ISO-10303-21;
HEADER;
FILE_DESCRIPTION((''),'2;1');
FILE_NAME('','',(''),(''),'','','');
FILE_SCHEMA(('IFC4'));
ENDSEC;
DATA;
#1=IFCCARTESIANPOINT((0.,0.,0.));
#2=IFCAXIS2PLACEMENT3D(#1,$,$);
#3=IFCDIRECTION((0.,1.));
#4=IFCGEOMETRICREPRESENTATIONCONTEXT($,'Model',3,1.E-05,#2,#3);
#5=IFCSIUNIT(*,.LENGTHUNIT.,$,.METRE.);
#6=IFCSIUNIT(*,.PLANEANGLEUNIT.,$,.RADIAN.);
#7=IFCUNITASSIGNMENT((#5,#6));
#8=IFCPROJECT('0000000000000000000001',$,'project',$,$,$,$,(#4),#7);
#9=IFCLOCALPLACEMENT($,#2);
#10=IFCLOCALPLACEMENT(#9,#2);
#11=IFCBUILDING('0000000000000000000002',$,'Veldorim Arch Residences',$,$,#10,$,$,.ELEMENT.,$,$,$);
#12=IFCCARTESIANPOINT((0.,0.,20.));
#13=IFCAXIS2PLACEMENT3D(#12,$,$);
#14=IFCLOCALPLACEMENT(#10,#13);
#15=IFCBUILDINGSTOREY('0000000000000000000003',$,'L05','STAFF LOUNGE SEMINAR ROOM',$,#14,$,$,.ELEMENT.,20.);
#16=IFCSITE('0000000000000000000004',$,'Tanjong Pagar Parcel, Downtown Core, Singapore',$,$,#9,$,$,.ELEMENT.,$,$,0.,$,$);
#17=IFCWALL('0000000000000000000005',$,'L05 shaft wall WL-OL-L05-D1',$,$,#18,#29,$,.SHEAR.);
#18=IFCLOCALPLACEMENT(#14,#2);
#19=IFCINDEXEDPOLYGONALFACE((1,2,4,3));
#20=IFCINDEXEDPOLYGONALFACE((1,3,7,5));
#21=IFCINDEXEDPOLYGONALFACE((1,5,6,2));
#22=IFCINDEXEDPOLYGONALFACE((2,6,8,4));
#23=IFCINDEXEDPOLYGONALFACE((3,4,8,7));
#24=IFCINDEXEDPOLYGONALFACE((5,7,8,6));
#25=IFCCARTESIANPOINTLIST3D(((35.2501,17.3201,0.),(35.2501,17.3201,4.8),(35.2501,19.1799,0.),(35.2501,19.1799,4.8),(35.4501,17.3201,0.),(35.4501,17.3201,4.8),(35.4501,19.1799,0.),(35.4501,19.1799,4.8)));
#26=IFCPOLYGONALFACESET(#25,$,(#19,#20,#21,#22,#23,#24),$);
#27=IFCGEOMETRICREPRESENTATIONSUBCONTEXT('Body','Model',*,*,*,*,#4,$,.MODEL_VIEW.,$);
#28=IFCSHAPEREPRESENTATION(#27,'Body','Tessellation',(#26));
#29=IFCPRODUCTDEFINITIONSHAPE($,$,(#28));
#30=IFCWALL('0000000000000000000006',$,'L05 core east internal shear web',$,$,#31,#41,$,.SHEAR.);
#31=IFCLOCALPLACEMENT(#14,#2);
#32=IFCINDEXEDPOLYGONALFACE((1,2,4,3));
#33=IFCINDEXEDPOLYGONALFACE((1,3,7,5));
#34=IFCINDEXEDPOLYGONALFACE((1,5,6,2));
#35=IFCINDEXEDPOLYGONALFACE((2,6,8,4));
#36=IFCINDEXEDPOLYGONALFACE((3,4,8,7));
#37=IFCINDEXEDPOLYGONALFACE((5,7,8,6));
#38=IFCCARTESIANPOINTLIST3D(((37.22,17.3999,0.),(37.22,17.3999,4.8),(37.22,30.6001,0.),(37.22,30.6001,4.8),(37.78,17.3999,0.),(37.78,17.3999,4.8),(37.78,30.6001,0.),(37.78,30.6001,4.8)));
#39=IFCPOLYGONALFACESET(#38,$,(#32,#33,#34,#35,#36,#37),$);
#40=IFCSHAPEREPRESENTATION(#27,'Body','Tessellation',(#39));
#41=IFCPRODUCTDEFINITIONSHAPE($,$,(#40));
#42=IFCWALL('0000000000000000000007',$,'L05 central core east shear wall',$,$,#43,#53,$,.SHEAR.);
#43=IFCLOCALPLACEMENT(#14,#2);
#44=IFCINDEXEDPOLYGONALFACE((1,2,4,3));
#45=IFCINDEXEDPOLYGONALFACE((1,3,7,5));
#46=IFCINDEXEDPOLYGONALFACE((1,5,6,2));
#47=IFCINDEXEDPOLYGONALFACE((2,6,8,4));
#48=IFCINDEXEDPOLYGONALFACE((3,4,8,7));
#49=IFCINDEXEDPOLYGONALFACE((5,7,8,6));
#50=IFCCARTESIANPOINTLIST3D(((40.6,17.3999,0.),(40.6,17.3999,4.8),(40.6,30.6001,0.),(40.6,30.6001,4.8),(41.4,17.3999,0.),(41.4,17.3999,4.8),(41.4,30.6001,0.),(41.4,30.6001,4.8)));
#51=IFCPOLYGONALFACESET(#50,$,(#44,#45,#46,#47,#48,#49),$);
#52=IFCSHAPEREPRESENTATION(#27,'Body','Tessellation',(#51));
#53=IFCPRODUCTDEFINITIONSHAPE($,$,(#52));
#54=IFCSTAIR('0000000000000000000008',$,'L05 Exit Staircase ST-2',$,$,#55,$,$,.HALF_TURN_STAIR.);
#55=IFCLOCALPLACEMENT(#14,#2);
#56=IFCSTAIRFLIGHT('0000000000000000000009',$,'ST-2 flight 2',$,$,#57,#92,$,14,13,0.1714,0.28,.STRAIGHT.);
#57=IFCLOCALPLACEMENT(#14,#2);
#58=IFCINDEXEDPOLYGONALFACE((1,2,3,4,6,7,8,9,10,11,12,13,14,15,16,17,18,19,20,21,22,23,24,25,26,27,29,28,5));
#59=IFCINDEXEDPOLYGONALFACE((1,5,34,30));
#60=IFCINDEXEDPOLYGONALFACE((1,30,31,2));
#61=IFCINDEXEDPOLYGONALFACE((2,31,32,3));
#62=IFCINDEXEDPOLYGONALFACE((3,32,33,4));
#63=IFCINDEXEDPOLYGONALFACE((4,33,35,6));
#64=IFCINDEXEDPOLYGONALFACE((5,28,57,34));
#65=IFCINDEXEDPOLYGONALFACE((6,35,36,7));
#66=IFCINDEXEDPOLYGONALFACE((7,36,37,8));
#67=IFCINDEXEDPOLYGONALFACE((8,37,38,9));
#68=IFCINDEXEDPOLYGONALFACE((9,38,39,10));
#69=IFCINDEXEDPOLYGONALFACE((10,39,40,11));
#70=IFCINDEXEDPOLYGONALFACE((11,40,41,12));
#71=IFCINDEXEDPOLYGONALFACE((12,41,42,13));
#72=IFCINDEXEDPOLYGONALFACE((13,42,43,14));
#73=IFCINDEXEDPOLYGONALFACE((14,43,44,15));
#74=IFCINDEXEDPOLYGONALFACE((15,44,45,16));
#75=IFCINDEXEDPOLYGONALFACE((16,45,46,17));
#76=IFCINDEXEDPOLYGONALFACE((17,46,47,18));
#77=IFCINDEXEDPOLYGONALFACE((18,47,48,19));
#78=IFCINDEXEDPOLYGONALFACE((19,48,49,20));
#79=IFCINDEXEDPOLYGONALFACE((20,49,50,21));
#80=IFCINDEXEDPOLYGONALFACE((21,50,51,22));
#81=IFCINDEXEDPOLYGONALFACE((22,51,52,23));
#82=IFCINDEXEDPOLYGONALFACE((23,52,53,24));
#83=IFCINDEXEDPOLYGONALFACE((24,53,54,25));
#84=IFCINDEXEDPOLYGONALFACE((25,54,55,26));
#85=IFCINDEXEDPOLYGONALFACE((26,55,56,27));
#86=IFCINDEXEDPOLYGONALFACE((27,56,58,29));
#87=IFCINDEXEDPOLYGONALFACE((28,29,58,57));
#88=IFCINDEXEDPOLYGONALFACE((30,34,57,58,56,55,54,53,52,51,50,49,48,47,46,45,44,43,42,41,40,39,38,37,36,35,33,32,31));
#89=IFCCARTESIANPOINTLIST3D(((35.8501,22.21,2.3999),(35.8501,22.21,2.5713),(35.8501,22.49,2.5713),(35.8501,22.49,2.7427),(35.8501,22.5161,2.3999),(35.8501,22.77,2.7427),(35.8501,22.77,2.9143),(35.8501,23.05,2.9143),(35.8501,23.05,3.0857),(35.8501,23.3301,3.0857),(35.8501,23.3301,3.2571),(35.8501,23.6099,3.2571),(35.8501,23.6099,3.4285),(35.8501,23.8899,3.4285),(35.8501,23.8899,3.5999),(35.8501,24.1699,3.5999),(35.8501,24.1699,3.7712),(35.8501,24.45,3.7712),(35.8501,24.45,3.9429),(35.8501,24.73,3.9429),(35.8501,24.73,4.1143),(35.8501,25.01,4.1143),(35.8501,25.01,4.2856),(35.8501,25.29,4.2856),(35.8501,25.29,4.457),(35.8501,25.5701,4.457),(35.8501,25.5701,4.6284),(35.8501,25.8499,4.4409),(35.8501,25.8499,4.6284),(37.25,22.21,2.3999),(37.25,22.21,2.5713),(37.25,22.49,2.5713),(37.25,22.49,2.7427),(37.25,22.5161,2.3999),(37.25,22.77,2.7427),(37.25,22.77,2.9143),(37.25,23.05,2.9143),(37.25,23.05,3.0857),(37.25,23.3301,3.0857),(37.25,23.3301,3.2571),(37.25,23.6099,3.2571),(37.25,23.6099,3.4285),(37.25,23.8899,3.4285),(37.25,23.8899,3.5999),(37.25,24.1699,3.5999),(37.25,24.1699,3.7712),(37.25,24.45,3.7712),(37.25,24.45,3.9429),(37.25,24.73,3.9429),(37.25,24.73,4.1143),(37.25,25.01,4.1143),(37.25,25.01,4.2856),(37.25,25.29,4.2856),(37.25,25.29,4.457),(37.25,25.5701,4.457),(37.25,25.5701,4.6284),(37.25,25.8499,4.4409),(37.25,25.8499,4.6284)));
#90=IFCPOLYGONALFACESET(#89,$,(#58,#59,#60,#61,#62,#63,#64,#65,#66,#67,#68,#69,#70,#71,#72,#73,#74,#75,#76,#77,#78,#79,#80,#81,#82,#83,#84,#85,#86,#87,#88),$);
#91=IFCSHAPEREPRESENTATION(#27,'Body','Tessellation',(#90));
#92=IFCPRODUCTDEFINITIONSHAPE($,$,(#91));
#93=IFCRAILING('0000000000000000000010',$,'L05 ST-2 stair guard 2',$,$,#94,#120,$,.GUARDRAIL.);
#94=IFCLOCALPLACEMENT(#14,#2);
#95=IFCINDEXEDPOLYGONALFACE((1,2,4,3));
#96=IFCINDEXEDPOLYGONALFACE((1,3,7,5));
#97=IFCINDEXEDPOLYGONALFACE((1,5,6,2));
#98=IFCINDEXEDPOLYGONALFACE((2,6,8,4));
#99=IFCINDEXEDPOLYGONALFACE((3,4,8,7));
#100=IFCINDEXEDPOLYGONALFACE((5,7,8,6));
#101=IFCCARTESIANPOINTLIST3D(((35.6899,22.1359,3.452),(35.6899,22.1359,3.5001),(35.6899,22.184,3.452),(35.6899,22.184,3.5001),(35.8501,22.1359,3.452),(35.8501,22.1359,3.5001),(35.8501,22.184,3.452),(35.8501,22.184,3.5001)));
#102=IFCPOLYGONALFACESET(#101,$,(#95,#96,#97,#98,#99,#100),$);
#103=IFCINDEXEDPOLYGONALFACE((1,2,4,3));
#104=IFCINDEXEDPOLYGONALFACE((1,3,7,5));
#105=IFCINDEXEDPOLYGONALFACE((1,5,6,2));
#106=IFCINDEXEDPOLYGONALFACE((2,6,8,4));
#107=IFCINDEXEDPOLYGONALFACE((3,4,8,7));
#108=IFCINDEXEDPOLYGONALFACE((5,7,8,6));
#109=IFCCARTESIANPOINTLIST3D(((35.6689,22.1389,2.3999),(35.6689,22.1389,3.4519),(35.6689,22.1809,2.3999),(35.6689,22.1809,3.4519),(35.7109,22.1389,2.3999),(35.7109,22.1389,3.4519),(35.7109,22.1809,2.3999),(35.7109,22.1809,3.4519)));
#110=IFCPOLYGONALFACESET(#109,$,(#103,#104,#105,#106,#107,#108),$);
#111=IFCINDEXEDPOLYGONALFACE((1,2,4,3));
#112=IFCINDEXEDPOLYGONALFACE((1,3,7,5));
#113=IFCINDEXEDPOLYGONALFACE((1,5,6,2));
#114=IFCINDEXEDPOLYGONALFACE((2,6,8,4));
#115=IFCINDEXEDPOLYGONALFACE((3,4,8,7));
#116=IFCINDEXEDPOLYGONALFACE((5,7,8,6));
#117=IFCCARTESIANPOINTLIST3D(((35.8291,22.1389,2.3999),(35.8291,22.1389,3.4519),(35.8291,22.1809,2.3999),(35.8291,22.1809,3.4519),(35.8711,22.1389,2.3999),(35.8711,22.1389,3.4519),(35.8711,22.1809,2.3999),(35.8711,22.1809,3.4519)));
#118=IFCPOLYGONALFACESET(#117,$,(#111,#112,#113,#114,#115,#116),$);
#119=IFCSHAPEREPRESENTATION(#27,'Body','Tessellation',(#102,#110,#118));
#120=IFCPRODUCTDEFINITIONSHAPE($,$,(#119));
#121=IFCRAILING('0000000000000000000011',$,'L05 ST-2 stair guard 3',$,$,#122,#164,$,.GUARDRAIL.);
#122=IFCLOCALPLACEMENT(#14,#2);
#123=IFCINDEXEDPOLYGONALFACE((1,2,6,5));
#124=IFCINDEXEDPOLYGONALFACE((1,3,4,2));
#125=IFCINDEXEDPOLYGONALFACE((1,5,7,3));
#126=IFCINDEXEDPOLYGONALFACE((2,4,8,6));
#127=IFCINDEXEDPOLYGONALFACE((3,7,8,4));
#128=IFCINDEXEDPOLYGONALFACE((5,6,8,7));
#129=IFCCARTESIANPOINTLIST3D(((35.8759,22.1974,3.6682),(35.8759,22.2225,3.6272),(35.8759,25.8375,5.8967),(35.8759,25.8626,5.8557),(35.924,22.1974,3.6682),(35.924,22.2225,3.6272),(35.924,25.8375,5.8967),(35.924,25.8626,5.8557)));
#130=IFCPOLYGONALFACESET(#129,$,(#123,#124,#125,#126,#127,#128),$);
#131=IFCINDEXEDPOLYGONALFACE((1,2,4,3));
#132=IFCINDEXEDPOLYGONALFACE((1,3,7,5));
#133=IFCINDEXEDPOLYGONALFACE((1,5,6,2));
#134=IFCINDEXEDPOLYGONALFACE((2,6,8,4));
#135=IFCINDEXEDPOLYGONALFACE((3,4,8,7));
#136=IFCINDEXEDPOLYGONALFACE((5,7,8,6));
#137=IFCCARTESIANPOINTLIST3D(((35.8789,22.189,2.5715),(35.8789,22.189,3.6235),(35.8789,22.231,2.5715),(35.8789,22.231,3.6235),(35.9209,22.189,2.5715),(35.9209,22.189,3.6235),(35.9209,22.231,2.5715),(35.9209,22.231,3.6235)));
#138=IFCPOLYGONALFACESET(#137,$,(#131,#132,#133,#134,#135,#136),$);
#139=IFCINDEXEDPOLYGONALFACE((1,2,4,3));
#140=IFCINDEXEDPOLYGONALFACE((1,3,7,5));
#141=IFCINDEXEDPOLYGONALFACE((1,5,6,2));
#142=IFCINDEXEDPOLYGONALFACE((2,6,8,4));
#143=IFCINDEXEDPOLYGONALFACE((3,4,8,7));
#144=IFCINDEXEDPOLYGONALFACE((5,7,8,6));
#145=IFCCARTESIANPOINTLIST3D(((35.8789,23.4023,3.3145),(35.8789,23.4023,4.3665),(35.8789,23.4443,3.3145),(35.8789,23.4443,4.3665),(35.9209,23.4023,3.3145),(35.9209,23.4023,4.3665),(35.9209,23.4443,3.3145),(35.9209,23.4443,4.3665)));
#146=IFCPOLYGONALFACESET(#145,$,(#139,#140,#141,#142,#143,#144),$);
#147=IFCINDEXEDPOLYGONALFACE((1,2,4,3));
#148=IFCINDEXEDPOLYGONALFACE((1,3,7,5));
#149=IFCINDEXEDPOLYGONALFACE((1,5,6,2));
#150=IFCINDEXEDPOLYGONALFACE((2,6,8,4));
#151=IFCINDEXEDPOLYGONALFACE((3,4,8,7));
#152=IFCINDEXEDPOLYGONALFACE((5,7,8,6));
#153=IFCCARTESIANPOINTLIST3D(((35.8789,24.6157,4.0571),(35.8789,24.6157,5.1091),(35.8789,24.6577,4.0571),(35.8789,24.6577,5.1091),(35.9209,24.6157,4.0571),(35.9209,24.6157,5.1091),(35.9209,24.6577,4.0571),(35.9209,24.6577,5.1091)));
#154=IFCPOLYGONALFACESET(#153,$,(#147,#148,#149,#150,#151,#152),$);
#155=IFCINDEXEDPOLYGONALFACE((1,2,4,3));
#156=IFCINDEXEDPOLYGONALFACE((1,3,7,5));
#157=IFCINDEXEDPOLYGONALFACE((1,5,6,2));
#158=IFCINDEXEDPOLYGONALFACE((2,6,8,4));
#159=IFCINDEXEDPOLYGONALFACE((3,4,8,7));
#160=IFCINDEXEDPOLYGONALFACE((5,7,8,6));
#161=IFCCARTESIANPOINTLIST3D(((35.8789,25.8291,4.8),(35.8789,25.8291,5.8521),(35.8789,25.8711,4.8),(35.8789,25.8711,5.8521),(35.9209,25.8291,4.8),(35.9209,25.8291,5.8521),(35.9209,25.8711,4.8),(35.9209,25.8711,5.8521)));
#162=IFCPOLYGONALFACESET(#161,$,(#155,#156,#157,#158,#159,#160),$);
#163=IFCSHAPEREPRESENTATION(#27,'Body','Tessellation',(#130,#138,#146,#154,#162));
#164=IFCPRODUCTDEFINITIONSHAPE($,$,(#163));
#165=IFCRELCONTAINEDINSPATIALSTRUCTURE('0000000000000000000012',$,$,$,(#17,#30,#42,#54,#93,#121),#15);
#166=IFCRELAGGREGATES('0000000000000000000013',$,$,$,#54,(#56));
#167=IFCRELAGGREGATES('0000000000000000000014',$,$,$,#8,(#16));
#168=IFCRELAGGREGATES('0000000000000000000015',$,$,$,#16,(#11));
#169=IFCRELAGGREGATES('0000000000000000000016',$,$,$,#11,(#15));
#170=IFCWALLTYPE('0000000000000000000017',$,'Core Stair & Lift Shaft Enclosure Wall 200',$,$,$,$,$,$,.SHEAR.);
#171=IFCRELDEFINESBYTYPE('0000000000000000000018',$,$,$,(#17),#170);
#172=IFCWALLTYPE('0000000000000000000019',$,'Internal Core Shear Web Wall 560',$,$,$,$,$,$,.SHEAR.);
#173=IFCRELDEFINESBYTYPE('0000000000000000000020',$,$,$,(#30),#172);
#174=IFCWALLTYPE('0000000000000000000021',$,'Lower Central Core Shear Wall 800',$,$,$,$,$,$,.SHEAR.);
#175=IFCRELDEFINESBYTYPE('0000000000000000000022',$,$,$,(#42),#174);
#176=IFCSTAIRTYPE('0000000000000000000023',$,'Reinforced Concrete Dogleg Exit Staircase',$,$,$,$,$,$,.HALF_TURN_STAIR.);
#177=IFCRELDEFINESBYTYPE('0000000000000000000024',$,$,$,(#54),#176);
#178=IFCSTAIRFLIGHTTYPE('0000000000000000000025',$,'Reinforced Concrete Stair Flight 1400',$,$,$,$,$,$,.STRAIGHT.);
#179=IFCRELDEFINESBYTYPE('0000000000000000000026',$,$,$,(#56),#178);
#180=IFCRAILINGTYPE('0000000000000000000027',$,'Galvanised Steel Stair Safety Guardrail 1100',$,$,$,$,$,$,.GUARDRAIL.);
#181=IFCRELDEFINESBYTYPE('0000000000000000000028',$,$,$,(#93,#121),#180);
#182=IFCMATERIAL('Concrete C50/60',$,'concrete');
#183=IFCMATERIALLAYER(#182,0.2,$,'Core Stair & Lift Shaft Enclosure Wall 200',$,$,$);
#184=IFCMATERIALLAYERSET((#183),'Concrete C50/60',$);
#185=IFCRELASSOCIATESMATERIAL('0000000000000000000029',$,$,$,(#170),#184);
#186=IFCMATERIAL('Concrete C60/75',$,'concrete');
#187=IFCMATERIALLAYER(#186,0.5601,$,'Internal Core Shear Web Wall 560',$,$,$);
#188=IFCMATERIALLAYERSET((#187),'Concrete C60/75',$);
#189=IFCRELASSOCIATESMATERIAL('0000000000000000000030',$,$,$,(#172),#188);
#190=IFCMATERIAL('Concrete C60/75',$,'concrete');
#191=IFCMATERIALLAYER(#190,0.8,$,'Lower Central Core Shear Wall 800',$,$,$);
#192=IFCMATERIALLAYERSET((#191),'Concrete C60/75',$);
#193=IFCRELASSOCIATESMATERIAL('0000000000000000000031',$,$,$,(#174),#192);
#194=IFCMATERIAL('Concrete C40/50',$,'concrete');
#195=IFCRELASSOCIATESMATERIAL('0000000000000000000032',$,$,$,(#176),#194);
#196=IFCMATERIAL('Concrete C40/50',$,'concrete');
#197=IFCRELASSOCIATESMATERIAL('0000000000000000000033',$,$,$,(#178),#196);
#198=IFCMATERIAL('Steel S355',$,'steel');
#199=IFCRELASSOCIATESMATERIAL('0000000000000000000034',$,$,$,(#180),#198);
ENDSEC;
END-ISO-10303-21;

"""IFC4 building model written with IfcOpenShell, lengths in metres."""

from ifc_helpers import new_model, si_unit, direction, frame, frame_2d, origin, origin_2d, place, context, subcontext, project, spatial, polyline, rectangle, outline, extrude, material, layer, layer_set, type_object, element, aggregate, save


model = new_model("IFC4")

# Units and contexts
model_context = context("Model", 3, precision=1e-05, world=origin(), true_north=direction((0.0, 1.0)))
body_context = subcontext(model_context, "Body", "Model", "MODEL_VIEW")
ifc_project = project(units=[si_unit("LENGTHUNIT", "METRE"), si_unit("PLANEANGLEUNIT", "RADIAN")], contexts=[model_context])

# Site, building, storey
site_placement = place(None, origin())
site = spatial("IfcSite", under=ifc_project, at=site_placement, Name="Tanjong Pagar Parcel, Downtown Core, Singapore", CompositionType="ELEMENT", RefElevation=0.0)
building_placement = place(site_placement, origin())
building = spatial("IfcBuilding", under=site, at=building_placement, Name="Veldorim Arch Residences", CompositionType="ELEMENT")
storey_placement = place(building_placement, frame((0.0, 0.0, 20.0)))
storey = spatial("IfcBuildingStorey", under=building, at=storey_placement, Name="L05", Description="STAFF LOUNGE SEMINAR ROOM", CompositionType="ELEMENT", Elevation=20.0)

# Shared definitions
ifc_material_1 = material(Name="Concrete C50/60", Category="concrete")
ifc_layer_1 = layer(ifc_material_1, 0.2, Name="Core Stair & Lift Shaft Enclosure Wall 200")
ifc_layer_set_1 = layer_set([ifc_layer_1], Name="Concrete C50/60")
wall_type_1 = type_object("IfcWallType", Name="Core Stair & Lift Shaft Enclosure Wall 200", PredefinedType="SHEAR", material=ifc_layer_set_1)

# Walls
for number, where, z_axis, x_axis, name in (
    (1, (35.3501, 17.3201, 0.0), (0.0, 0.0, 1.0), (0.0, 1.0, 0.0), "L05 shaft wall WL-OL-L05-D1"),
):
    element("IfcWall", number, at=place(storey_placement, frame(where, z_axis=z_axis, x_axis=x_axis)), inside=storey, type_object=wall_type_1, Name=name, PredefinedType="SHEAR", context=body_context, shape_type="SweptSolid", body=[
        extrude(rectangle(XDim=1.8599, YDim=0.2, at=frame_2d((0.9299, 0.0))), origin(), (0.0, 0.0, 1.0), 4.8),
    ])
ifc_material_2 = material(Name="Concrete C60/75", Category="concrete")
ifc_layer_2 = layer(ifc_material_2, 0.5601, Name="Internal Core Shear Web Wall 560")
ifc_layer_set_2 = layer_set([ifc_layer_2], Name="Concrete C60/75")
wall_type_2 = type_object("IfcWallType", Name="Internal Core Shear Web Wall 560", PredefinedType="SHEAR", material=ifc_layer_set_2)
wall_1_placement = place(storey_placement, frame((37.5, 17.3999, 0.0), z_axis=(0.0, 0.0, 1.0), x_axis=(0.0, 1.0, 0.0)))
element("IfcWall", 2, at=wall_1_placement, inside=storey, type_object=wall_type_2, Name="L05 core east internal shear web", PredefinedType="SHEAR", context=body_context, shape_type="SweptSolid", body=[
    extrude(rectangle(XDim=13.2002, YDim=0.5601, at=frame_2d((6.6001, 0.0))), origin(), (0.0, 0.0, 1.0), 4.8),
])
ifc_material_3 = material(Name="Concrete C60/75", Category="concrete")
ifc_layer_3 = layer(ifc_material_3, 0.8, Name="Lower Central Core Shear Wall 800")
ifc_layer_set_3 = layer_set([ifc_layer_3], Name="Concrete C60/75")
wall_type_3 = type_object("IfcWallType", Name="Lower Central Core Shear Wall 800", PredefinedType="SHEAR", material=ifc_layer_set_3)
wall_2_placement = place(storey_placement, frame((41.0, 17.3999, 0.0), z_axis=(0.0, 0.0, 1.0), x_axis=(0.0, 1.0, 0.0)))
element("IfcWall", 3, at=wall_2_placement, inside=storey, type_object=wall_type_3, Name="L05 central core east shear wall", PredefinedType="SHEAR", context=body_context, shape_type="SweptSolid", body=[
    extrude(rectangle(XDim=13.2002, YDim=0.8, at=frame_2d((6.6001, 0.0))), origin(), (0.0, 0.0, 1.0), 4.8),
])

# Stair, stair flight
ifc_material_4 = material(Name="Concrete C40/50", Category="concrete")
stair_type = type_object("IfcStairType", Name="Reinforced Concrete Dogleg Exit Staircase", PredefinedType="HALF_TURN_STAIR", material=ifc_material_4)
stair_placement = place(storey_placement, origin())
stair = element("IfcStair", 4, at=stair_placement, inside=storey, type_object=stair_type, Name="L05 Exit Staircase ST-2", PredefinedType="HALF_TURN_STAIR")
ifc_material_5 = material(Name="Concrete C40/50", Category="concrete")
stair_flight_type = type_object("IfcStairFlightType", Name="Reinforced Concrete Stair Flight 1400", PredefinedType="STRAIGHT", material=ifc_material_5)
stair_flight_placement = place(storey_placement, frame((36.55, 22.21, 2.3999), z_axis=(0.0, 0.0, 1.0), x_axis=(0.0, 1.0, 0.0)))
stair_flight = element("IfcStairFlight", 5, at=stair_flight_placement, type_object=stair_flight_type, Name="ST-2 flight 2", NumberOfRisers=14, NumberOfTreads=13, PredefinedType="STRAIGHT", RiserHeight=0.1714, TreadLength=0.28, context=body_context, shape_type="SweptSolid", body=[
    extrude(outline(polyline([(0.0, 0.0), (0.0, 0.1714), (0.28, 0.1714), (0.28, 0.3428), (0.5601, 0.3428), (0.5601, 0.5144), (0.8401, 0.5144), (0.8401, 0.6858), (1.1201, 0.6858), (1.1201, 0.8572), (1.3999, 0.8572), (1.3999, 1.0286), (1.6799, 1.0286), (1.6799, 1.2), (1.96, 1.2), (1.96, 1.3713), (2.24, 1.3713), (2.24, 1.543), (2.52, 1.543), (2.52, 1.7144), (2.8, 1.7144), (2.8, 1.8857), (3.0801, 1.8857), (3.0801, 2.0571), (3.3601, 2.0571), (3.3601, 2.2285), (3.6399, 2.2285), (3.6399, 2.3999), (3.6399, 2.041), (0.3062, 0.0), (0.0, 0.0)])), frame((0.0, 0.7, 0.0), z_axis=(0.0, -1.0, 0.0), x_axis=(1.0, 0.0, 0.0)), (0.0, 0.0, 1.0), 1.3999),
])
aggregate(stair, [stair_flight])

# Railings
ifc_material_6 = material(Name="Steel S355", Category="steel")
railing_type_1 = type_object("IfcRailingType", Name="Galvanised Steel Stair Safety Guardrail 1100", PredefinedType="GUARDRAIL", material=ifc_material_6)
railing_1_placement = place(storey_placement, frame((35.6899, 22.1599, 2.3999)))
element("IfcRailing", 6, at=railing_1_placement, inside=storey, type_object=railing_type_1, Name="L05 ST-2 stair guard 2", PredefinedType="GUARDRAIL", context=body_context, shape_type="SweptSolid", body=[
    extrude(rectangle(XDim=0.0481, YDim=0.0481, at=origin_2d()), frame((0.0, 0.0, 1.0762), z_axis=(1.0, 0.0, 0.0), x_axis=(0.0, 1.0, 0.0)), (0.0, 0.0, 1.0), 0.1602),
    extrude(rectangle(XDim=0.042, YDim=0.042, at=origin_2d()), origin(), (0.0, 0.0, 1.0), 1.052),
    extrude(rectangle(XDim=0.042, YDim=0.042, at=origin_2d()), frame((0.1602, 0.0, 0.0)), (0.0, 0.0, 1.0), 1.052),
])
railing_2_placement = place(storey_placement, frame((35.8999, 22.21, 2.5715)))
element("IfcRailing", 7, at=railing_2_placement, inside=storey, type_object=railing_type_1, Name="L05 ST-2 stair guard 3", PredefinedType="GUARDRAIL", context=body_context, shape_type="SweptSolid", body=[
    extrude(rectangle(XDim=0.0481, YDim=0.0481, at=origin_2d()), frame((0.0, 0.0, 1.0762), z_axis=(0.0, 0.852866, 0.52213), x_axis=(-1.0, 0.0, 0.0)), (0.0, 0.0, 1.0), 4.2681),
    extrude(rectangle(XDim=0.042, YDim=0.042, at=origin_2d()), origin(), (0.0, 0.0, 1.0), 1.052),
    extrude(rectangle(XDim=0.042, YDim=0.042, at=origin_2d()), frame((0.0, 1.2134, 0.7429)), (0.0, 0.0, 1.0), 1.052),
    extrude(rectangle(XDim=0.042, YDim=0.042, at=origin_2d()), frame((0.0, 2.4268, 1.4856)), (0.0, 0.0, 1.0), 1.052),
    extrude(rectangle(XDim=0.042, YDim=0.042, at=origin_2d()), frame((0.0, 3.6401, 2.2285)), (0.0, 0.0, 1.0), 1.052),
])

save(model, "model.ifc")
